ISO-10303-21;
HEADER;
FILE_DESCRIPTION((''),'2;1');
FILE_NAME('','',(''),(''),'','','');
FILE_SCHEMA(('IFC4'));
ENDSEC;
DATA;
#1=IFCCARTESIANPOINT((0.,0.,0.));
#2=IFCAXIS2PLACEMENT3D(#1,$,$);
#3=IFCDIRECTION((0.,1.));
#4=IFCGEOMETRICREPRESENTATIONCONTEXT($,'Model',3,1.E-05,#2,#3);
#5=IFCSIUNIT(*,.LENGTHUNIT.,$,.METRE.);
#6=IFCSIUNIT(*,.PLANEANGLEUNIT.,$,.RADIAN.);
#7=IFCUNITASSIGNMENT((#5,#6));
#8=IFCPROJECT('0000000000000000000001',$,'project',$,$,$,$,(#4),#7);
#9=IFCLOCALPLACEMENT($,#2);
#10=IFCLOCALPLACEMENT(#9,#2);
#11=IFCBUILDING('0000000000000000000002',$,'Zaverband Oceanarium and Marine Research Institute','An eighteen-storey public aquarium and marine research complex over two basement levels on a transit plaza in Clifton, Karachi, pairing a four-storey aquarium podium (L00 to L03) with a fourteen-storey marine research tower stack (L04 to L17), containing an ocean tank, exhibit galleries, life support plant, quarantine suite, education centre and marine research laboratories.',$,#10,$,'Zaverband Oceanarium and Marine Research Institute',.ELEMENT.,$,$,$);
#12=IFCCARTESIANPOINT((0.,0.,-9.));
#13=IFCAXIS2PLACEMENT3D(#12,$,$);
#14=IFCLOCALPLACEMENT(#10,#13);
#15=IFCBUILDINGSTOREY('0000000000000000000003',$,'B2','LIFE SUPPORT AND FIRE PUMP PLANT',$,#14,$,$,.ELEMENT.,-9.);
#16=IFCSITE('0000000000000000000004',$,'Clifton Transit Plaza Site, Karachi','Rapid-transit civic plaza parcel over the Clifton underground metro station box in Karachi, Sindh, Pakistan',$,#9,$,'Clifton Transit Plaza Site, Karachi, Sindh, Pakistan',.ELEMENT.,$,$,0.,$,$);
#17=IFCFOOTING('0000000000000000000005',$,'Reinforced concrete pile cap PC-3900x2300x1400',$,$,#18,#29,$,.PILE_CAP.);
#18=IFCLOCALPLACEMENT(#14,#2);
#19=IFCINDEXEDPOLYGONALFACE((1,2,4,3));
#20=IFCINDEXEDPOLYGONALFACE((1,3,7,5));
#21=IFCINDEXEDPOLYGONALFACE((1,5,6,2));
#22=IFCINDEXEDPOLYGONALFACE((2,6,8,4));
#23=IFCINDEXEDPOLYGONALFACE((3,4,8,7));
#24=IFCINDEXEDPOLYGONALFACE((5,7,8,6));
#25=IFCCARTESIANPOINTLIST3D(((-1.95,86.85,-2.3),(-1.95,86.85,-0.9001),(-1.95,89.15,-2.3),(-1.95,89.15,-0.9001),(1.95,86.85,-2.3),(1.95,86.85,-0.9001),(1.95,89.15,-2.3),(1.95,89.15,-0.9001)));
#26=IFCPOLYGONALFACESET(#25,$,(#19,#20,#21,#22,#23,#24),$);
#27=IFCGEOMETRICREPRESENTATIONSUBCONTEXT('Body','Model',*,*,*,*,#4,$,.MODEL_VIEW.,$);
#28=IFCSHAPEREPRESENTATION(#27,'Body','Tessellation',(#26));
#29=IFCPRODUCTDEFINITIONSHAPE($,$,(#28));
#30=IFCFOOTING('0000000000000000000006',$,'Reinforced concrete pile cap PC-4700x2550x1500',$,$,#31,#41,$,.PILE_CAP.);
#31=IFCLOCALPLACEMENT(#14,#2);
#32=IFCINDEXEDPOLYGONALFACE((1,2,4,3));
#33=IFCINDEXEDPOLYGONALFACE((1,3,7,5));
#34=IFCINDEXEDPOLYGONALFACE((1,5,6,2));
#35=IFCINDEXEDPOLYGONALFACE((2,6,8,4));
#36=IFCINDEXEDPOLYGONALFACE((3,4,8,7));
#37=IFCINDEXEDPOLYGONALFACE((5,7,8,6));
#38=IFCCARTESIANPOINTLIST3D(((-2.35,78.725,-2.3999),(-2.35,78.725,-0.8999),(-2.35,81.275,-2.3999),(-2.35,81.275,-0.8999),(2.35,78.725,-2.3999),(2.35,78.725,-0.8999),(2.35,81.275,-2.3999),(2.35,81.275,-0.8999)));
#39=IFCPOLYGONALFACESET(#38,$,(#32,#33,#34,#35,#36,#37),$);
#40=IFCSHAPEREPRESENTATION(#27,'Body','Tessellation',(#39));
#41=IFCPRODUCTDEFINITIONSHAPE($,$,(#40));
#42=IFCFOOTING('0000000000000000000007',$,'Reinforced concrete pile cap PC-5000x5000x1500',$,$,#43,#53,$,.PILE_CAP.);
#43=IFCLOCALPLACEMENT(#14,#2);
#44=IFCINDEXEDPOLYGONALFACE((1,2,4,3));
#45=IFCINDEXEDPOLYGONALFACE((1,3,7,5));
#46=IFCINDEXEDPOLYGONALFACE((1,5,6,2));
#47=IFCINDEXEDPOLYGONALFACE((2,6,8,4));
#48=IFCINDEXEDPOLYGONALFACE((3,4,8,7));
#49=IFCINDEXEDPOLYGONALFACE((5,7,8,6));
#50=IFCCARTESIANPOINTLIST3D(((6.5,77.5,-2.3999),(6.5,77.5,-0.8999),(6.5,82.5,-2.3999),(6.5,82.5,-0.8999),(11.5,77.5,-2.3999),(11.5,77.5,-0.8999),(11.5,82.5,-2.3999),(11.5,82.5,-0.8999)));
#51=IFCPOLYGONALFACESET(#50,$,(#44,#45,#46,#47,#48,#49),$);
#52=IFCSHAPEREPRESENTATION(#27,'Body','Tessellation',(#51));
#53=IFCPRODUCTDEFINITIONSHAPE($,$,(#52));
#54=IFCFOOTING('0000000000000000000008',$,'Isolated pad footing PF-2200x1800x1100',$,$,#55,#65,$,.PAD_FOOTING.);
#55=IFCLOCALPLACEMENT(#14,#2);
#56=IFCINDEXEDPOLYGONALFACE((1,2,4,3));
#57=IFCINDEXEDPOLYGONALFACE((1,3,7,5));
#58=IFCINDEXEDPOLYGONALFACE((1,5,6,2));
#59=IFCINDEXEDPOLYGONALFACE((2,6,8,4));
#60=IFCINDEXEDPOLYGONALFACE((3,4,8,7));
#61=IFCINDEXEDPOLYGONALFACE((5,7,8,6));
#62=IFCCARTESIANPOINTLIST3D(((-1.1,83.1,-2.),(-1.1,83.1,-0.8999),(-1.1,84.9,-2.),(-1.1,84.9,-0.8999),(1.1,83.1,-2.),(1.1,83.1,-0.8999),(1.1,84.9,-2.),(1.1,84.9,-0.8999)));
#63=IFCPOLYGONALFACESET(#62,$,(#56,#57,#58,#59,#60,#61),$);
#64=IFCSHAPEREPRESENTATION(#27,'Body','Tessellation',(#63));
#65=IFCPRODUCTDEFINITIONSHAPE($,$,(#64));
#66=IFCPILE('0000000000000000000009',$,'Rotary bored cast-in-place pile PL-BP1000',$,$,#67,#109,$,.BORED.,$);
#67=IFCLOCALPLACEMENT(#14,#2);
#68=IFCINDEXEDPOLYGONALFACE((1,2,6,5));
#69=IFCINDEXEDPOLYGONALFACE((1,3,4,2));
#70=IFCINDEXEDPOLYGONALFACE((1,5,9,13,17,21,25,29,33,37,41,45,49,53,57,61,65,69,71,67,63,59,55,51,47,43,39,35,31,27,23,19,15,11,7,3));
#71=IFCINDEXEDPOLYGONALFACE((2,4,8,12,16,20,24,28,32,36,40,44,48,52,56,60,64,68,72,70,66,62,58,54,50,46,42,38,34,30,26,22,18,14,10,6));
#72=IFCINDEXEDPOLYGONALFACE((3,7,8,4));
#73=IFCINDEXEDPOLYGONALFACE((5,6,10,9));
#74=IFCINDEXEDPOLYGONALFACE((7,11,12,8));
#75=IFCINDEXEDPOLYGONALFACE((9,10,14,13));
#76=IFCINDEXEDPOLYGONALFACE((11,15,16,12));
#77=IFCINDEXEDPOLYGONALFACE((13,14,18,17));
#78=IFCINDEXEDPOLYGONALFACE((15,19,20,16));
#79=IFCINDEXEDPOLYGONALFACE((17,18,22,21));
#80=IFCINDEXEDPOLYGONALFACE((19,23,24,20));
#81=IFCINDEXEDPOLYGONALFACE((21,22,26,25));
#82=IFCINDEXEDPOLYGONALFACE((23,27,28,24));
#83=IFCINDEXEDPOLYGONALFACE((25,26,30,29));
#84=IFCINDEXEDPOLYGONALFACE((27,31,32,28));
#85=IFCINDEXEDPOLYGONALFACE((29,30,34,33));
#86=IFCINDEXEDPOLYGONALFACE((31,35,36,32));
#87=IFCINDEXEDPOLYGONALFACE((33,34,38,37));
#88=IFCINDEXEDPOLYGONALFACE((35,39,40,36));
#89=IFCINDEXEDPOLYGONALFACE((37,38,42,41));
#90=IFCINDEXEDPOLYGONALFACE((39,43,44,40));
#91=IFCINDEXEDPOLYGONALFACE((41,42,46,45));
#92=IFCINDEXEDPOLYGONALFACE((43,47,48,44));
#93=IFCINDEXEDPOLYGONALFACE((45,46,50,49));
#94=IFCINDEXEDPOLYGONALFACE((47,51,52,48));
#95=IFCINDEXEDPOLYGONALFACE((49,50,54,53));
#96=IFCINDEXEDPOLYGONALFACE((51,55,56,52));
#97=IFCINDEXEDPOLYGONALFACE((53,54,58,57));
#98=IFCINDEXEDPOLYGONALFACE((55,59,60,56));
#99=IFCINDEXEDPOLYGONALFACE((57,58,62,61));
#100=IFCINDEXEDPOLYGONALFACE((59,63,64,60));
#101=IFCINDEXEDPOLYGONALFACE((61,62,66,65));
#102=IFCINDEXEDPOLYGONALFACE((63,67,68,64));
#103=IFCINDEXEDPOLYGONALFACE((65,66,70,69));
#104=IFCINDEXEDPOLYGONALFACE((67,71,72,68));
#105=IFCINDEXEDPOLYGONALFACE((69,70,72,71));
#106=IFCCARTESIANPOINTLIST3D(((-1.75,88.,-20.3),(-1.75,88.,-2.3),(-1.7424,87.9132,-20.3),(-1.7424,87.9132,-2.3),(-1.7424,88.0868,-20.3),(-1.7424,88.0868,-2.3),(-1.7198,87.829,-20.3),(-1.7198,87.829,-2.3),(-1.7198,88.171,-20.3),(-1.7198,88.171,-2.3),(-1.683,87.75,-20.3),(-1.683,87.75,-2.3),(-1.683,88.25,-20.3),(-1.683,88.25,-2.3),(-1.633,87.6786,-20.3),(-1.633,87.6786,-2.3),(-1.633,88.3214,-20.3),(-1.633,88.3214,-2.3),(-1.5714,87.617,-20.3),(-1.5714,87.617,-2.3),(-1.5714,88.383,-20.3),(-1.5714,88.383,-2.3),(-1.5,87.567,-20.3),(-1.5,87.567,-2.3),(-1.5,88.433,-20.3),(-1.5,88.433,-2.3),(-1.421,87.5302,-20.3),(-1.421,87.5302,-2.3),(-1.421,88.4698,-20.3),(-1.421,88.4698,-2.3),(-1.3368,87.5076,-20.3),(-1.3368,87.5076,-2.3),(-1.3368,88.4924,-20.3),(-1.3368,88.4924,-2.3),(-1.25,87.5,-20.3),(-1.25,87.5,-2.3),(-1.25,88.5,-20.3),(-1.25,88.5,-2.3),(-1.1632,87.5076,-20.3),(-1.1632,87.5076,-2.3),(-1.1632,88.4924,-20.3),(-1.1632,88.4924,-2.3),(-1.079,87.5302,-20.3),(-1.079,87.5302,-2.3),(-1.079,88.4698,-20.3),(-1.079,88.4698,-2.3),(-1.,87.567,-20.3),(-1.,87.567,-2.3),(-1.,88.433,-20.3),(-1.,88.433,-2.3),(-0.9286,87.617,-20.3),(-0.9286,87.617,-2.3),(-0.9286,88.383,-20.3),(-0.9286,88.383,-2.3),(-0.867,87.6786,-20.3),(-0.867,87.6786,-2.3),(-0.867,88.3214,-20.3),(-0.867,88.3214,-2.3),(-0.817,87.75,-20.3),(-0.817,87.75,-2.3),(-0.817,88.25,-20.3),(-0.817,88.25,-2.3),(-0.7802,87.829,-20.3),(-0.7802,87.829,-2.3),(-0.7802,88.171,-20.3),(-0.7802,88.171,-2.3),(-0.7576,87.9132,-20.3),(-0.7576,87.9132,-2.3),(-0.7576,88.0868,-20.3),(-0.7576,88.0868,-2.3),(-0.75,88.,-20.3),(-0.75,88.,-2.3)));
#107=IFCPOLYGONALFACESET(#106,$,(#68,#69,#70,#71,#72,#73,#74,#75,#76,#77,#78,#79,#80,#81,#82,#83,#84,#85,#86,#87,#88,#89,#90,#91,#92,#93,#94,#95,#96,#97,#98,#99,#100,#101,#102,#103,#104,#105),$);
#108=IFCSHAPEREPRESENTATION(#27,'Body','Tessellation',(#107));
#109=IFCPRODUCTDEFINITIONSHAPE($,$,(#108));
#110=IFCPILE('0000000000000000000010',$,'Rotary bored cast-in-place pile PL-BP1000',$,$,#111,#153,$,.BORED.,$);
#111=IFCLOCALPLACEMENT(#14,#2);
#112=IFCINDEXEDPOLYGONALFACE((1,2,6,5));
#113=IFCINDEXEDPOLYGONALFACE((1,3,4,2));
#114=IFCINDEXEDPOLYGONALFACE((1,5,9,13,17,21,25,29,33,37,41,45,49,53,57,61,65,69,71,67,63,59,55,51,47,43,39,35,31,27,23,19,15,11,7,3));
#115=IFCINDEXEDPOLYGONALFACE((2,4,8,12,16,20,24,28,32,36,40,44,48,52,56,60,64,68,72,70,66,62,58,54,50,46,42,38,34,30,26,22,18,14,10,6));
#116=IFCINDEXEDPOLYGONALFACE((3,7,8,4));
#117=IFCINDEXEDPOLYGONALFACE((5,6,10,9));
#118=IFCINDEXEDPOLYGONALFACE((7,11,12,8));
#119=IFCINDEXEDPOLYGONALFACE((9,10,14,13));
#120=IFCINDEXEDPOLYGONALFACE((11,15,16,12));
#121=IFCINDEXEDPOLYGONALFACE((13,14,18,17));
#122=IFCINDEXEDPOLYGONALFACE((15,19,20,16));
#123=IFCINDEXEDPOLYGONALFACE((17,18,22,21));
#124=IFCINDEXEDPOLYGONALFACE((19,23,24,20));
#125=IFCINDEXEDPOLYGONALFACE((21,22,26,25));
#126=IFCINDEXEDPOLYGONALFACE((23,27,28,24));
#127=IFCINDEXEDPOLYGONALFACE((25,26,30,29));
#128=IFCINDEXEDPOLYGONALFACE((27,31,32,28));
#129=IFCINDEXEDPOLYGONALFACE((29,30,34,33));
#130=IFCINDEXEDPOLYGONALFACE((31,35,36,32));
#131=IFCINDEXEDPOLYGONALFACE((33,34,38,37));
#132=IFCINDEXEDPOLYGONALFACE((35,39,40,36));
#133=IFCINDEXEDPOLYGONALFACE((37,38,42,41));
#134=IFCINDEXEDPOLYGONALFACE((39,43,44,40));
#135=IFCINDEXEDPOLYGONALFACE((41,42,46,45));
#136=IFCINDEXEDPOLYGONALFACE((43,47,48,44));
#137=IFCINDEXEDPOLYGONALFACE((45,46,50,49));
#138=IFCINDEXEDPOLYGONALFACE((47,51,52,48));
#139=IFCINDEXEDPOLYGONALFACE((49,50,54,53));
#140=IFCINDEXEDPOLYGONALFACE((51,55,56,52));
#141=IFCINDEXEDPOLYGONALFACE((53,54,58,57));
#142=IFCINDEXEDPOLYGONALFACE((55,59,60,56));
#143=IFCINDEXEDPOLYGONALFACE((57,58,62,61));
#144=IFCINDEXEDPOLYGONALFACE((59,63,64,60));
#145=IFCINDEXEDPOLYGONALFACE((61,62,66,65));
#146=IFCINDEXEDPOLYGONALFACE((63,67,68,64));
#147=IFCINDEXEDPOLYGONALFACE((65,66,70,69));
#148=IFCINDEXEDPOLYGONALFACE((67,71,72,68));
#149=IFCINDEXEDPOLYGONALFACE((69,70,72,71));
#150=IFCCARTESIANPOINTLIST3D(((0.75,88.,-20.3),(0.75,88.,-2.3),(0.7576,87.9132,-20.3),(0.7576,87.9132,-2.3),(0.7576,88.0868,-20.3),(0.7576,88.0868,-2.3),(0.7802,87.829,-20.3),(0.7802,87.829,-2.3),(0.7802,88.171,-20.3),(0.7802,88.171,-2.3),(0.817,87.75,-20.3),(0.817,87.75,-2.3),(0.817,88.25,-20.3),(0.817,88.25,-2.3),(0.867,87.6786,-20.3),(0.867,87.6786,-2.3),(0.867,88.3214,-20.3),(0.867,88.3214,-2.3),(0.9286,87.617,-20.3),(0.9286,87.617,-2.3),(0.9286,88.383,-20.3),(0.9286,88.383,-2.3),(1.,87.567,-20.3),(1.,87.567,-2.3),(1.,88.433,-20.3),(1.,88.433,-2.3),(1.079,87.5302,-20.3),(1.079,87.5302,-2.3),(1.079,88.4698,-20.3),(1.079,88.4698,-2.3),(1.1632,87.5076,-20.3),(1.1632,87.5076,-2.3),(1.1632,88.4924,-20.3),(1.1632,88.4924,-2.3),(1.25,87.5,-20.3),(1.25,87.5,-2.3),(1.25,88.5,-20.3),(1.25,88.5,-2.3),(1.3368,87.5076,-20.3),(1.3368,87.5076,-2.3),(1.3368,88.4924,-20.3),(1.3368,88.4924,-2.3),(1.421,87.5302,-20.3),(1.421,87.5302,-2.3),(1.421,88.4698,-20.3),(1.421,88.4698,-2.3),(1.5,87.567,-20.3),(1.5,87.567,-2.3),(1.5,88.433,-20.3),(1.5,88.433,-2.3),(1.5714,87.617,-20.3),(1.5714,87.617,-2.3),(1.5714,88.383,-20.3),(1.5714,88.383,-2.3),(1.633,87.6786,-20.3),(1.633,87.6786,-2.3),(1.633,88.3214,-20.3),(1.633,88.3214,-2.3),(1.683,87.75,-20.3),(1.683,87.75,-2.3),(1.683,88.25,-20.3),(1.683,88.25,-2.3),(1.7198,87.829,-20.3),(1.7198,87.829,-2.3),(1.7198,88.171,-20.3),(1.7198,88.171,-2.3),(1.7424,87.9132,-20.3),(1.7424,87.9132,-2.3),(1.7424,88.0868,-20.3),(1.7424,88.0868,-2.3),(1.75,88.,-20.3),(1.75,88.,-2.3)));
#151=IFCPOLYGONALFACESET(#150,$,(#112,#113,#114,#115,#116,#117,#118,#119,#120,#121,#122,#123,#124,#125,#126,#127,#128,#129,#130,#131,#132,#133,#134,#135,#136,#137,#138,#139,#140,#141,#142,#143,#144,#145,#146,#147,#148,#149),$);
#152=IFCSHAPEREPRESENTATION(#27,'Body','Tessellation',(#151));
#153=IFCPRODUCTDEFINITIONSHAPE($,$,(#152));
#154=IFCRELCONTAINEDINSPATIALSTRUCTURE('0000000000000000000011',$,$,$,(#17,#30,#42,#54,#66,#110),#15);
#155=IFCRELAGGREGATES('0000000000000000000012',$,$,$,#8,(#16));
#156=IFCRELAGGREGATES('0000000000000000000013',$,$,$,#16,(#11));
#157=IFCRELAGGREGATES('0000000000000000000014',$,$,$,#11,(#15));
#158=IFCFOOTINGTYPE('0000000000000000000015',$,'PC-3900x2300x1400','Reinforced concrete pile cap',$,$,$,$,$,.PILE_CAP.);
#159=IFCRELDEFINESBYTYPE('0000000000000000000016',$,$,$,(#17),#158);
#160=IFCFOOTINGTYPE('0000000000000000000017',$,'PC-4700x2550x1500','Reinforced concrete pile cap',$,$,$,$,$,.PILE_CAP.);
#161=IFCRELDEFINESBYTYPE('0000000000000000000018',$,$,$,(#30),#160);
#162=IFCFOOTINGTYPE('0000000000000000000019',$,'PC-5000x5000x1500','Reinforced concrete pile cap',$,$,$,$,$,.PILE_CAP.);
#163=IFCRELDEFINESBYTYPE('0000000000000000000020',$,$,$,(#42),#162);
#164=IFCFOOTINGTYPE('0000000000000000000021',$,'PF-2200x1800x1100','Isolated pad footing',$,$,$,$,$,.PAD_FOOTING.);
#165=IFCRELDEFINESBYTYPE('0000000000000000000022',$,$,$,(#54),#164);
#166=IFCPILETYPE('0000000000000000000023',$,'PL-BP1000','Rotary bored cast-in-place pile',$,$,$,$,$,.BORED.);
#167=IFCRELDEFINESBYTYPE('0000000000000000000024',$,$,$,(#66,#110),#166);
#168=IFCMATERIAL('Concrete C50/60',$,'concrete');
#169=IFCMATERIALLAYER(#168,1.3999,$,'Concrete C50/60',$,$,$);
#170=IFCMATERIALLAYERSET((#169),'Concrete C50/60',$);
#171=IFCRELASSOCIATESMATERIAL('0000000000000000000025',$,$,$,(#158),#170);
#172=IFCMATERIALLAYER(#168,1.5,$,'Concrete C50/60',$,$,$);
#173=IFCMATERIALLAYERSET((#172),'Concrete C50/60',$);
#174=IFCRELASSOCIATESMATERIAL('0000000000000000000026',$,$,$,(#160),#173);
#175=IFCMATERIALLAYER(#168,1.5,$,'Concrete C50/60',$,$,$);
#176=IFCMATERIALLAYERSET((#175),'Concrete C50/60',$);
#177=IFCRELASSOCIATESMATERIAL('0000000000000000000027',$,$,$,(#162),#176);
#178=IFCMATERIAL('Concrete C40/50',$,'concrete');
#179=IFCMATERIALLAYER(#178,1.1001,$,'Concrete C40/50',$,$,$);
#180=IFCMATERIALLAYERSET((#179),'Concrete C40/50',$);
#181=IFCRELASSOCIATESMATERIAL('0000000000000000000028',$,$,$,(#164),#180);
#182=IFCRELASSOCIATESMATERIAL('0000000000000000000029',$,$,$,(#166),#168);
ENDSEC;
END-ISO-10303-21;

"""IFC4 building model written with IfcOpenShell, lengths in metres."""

from ifc_helpers import new_model, si_unit, direction, frame, origin, origin_2d, place, context, subcontext, project, spatial, rectangle, circle, extrude, material, layer, layer_set, material_profile, profile_set, type_object, element, save


model = new_model("IFC4")

# Units and contexts
model_context = context("Model", 3, precision=1e-05, world=origin(), true_north=direction((0.0, 1.0)))
body_context = subcontext(model_context, "Body", "Model", "MODEL_VIEW")
ifc_project = project(units=[si_unit("LENGTHUNIT", "METRE"), si_unit("PLANEANGLEUNIT", "RADIAN")], contexts=[model_context])

# Site, building, storey
site_placement = place(None, origin())
site = spatial("IfcSite", under=ifc_project, at=site_placement, Name="Clifton Transit Plaza Site, Karachi", Description="Rapid-transit civic plaza parcel over the Clifton underground metro station box in Karachi, Sindh, Pakistan", LongName="Clifton Transit Plaza Site, Karachi, Sindh, Pakistan", CompositionType="ELEMENT", RefElevation=0.0)
building_placement = place(site_placement, origin())
building = spatial("IfcBuilding", under=site, at=building_placement, Name="Zaverband Oceanarium and Marine Research Institute", Description="An eighteen-storey public aquarium and marine research complex over two basement levels on a transit plaza in Clifton, Karachi, pairing a four-storey aquarium podium (L00 to L03) with a fourteen-storey marine research tower stack (L04 to L17), containing an ocean tank, exhibit galleries, life support plant, quarantine suite, education centre and marine research laboratories.", LongName="Zaverband Oceanarium and Marine Research Institute", CompositionType="ELEMENT")
storey_placement = place(building_placement, frame((0.0, 0.0, -9.0)))
storey = spatial("IfcBuildingStorey", under=building, at=storey_placement, Name="B2", Description="LIFE SUPPORT AND FIRE PUMP PLANT", CompositionType="ELEMENT", Elevation=-9.0)

# Footings
ifc_material_1 = material(Name="Concrete C50/60", Category="concrete")
ifc_layer_1 = layer(ifc_material_1, 1.3999, Name="Concrete C50/60")
ifc_layer_set_1 = layer_set([ifc_layer_1], Name="Concrete C50/60")
footing_type_1 = type_object("IfcFootingType", Name="PC-3900x2300x1400", Description="Reinforced concrete pile cap", PredefinedType="PILE_CAP", material=ifc_layer_set_1)
footing_1_placement = place(storey_placement, frame((0.0, 88.0, -2.3), z_axis=(0.0, 0.0, 1.0), x_axis=(1.0, 0.0, 0.0)))
element("IfcFooting", 1, at=footing_1_placement, inside=storey, type_object=footing_type_1, Name="Reinforced concrete pile cap PC-3900x2300x1400", PredefinedType="PILE_CAP", context=body_context, shape_type="SweptSolid", body=[
    extrude(rectangle(XDim=3.8999, YDim=2.3, at=origin_2d()), origin(), (0.0, 0.0, 1.0), 1.3999),
])
ifc_layer_2 = layer(ifc_material_1, 1.5, Name="Concrete C50/60")
ifc_layer_set_2 = layer_set([ifc_layer_2], Name="Concrete C50/60")
footing_type_2 = type_object("IfcFootingType", Name="PC-4700x2550x1500", Description="Reinforced concrete pile cap", PredefinedType="PILE_CAP", material=ifc_layer_set_2)
footing_2_placement = place(storey_placement, frame((0.0, 80.0, -2.3999), z_axis=(0.0, 0.0, 1.0), x_axis=(1.0, 0.0, 0.0)))
element("IfcFooting", 2, at=footing_2_placement, inside=storey, type_object=footing_type_2, Name="Reinforced concrete pile cap PC-4700x2550x1500", PredefinedType="PILE_CAP", context=body_context, shape_type="SweptSolid", body=[
    extrude(rectangle(XDim=4.7, YDim=2.55, at=origin_2d()), origin(), (0.0, 0.0, 1.0), 1.5),
])
ifc_layer_3 = layer(ifc_material_1, 1.5, Name="Concrete C50/60")
ifc_layer_set_3 = layer_set([ifc_layer_3], Name="Concrete C50/60")
footing_type_3 = type_object("IfcFootingType", Name="PC-5000x5000x1500", Description="Reinforced concrete pile cap", PredefinedType="PILE_CAP", material=ifc_layer_set_3)
footing_3_placement = place(storey_placement, frame((9.0, 80.0, -2.3999), z_axis=(0.0, 0.0, 1.0), x_axis=(1.0, 0.0, 0.0)))
element("IfcFooting", 3, at=footing_3_placement, inside=storey, type_object=footing_type_3, Name="Reinforced concrete pile cap PC-5000x5000x1500", PredefinedType="PILE_CAP", context=body_context, shape_type="SweptSolid", body=[
    extrude(rectangle(XDim=5.0, YDim=5.0, at=origin_2d()), origin(), (0.0, 0.0, 1.0), 1.5),
])
ifc_material_2 = material(Name="Concrete C40/50", Category="concrete")
ifc_layer_4 = layer(ifc_material_2, 1.1001, Name="Concrete C40/50")
ifc_layer_set_4 = layer_set([ifc_layer_4], Name="Concrete C40/50")
footing_type_4 = type_object("IfcFootingType", Name="PF-2200x1800x1100", Description="Isolated pad footing", PredefinedType="PAD_FOOTING", material=ifc_layer_set_4)
footing_4_placement = place(storey_placement, frame((0.0, 84.0, -2.0), z_axis=(0.0, 0.0, 1.0), x_axis=(1.0, 0.0, 0.0)))
element("IfcFooting", 4, at=footing_4_placement, inside=storey, type_object=footing_type_4, Name="Isolated pad footing PF-2200x1800x1100", PredefinedType="PAD_FOOTING", context=body_context, shape_type="SweptSolid", body=[
    extrude(rectangle(XDim=2.2, YDim=1.8, at=origin_2d()), origin(), (0.0, 0.0, 1.0), 1.1001),
])

# Piles
ifc_material_profile_1 = material_profile(ifc_material_1, circle(Radius=0.5, at=origin_2d()), Name="BP1000")
ifc_profile_set_1 = profile_set([ifc_material_profile_1], Name="Concrete C50/60")
pile_type_1 = type_object("IfcPileType", Name="PL-BP1000", Description="Rotary bored cast-in-place pile", PredefinedType="BORED", material=ifc_profile_set_1)
for number, where, z_axis, x_axis, name in (
    (5, (-1.25, 88.0, -2.3), (0.0, 0.0, -1.0), (1.0, 0.0, 0.0), "Rotary bored cast-in-place pile PL-BP1000"),
    (6, (1.25, 88.0, -2.3), (0.0, 0.0, -1.0), (1.0, 0.0, 0.0), "Rotary bored cast-in-place pile PL-BP1000"),
):
    element("IfcPile", number, at=place(storey_placement, frame(where, z_axis=z_axis, x_axis=x_axis)), inside=storey, type_object=pile_type_1, Name=name, PredefinedType="BORED", context=body_context, shape_type="SweptSolid", body=[
        extrude(circle(Radius=0.5, at=origin_2d()), origin(), (0.0, 0.0, 1.0), 18.0),
    ])

save(model, "model.ifc")
